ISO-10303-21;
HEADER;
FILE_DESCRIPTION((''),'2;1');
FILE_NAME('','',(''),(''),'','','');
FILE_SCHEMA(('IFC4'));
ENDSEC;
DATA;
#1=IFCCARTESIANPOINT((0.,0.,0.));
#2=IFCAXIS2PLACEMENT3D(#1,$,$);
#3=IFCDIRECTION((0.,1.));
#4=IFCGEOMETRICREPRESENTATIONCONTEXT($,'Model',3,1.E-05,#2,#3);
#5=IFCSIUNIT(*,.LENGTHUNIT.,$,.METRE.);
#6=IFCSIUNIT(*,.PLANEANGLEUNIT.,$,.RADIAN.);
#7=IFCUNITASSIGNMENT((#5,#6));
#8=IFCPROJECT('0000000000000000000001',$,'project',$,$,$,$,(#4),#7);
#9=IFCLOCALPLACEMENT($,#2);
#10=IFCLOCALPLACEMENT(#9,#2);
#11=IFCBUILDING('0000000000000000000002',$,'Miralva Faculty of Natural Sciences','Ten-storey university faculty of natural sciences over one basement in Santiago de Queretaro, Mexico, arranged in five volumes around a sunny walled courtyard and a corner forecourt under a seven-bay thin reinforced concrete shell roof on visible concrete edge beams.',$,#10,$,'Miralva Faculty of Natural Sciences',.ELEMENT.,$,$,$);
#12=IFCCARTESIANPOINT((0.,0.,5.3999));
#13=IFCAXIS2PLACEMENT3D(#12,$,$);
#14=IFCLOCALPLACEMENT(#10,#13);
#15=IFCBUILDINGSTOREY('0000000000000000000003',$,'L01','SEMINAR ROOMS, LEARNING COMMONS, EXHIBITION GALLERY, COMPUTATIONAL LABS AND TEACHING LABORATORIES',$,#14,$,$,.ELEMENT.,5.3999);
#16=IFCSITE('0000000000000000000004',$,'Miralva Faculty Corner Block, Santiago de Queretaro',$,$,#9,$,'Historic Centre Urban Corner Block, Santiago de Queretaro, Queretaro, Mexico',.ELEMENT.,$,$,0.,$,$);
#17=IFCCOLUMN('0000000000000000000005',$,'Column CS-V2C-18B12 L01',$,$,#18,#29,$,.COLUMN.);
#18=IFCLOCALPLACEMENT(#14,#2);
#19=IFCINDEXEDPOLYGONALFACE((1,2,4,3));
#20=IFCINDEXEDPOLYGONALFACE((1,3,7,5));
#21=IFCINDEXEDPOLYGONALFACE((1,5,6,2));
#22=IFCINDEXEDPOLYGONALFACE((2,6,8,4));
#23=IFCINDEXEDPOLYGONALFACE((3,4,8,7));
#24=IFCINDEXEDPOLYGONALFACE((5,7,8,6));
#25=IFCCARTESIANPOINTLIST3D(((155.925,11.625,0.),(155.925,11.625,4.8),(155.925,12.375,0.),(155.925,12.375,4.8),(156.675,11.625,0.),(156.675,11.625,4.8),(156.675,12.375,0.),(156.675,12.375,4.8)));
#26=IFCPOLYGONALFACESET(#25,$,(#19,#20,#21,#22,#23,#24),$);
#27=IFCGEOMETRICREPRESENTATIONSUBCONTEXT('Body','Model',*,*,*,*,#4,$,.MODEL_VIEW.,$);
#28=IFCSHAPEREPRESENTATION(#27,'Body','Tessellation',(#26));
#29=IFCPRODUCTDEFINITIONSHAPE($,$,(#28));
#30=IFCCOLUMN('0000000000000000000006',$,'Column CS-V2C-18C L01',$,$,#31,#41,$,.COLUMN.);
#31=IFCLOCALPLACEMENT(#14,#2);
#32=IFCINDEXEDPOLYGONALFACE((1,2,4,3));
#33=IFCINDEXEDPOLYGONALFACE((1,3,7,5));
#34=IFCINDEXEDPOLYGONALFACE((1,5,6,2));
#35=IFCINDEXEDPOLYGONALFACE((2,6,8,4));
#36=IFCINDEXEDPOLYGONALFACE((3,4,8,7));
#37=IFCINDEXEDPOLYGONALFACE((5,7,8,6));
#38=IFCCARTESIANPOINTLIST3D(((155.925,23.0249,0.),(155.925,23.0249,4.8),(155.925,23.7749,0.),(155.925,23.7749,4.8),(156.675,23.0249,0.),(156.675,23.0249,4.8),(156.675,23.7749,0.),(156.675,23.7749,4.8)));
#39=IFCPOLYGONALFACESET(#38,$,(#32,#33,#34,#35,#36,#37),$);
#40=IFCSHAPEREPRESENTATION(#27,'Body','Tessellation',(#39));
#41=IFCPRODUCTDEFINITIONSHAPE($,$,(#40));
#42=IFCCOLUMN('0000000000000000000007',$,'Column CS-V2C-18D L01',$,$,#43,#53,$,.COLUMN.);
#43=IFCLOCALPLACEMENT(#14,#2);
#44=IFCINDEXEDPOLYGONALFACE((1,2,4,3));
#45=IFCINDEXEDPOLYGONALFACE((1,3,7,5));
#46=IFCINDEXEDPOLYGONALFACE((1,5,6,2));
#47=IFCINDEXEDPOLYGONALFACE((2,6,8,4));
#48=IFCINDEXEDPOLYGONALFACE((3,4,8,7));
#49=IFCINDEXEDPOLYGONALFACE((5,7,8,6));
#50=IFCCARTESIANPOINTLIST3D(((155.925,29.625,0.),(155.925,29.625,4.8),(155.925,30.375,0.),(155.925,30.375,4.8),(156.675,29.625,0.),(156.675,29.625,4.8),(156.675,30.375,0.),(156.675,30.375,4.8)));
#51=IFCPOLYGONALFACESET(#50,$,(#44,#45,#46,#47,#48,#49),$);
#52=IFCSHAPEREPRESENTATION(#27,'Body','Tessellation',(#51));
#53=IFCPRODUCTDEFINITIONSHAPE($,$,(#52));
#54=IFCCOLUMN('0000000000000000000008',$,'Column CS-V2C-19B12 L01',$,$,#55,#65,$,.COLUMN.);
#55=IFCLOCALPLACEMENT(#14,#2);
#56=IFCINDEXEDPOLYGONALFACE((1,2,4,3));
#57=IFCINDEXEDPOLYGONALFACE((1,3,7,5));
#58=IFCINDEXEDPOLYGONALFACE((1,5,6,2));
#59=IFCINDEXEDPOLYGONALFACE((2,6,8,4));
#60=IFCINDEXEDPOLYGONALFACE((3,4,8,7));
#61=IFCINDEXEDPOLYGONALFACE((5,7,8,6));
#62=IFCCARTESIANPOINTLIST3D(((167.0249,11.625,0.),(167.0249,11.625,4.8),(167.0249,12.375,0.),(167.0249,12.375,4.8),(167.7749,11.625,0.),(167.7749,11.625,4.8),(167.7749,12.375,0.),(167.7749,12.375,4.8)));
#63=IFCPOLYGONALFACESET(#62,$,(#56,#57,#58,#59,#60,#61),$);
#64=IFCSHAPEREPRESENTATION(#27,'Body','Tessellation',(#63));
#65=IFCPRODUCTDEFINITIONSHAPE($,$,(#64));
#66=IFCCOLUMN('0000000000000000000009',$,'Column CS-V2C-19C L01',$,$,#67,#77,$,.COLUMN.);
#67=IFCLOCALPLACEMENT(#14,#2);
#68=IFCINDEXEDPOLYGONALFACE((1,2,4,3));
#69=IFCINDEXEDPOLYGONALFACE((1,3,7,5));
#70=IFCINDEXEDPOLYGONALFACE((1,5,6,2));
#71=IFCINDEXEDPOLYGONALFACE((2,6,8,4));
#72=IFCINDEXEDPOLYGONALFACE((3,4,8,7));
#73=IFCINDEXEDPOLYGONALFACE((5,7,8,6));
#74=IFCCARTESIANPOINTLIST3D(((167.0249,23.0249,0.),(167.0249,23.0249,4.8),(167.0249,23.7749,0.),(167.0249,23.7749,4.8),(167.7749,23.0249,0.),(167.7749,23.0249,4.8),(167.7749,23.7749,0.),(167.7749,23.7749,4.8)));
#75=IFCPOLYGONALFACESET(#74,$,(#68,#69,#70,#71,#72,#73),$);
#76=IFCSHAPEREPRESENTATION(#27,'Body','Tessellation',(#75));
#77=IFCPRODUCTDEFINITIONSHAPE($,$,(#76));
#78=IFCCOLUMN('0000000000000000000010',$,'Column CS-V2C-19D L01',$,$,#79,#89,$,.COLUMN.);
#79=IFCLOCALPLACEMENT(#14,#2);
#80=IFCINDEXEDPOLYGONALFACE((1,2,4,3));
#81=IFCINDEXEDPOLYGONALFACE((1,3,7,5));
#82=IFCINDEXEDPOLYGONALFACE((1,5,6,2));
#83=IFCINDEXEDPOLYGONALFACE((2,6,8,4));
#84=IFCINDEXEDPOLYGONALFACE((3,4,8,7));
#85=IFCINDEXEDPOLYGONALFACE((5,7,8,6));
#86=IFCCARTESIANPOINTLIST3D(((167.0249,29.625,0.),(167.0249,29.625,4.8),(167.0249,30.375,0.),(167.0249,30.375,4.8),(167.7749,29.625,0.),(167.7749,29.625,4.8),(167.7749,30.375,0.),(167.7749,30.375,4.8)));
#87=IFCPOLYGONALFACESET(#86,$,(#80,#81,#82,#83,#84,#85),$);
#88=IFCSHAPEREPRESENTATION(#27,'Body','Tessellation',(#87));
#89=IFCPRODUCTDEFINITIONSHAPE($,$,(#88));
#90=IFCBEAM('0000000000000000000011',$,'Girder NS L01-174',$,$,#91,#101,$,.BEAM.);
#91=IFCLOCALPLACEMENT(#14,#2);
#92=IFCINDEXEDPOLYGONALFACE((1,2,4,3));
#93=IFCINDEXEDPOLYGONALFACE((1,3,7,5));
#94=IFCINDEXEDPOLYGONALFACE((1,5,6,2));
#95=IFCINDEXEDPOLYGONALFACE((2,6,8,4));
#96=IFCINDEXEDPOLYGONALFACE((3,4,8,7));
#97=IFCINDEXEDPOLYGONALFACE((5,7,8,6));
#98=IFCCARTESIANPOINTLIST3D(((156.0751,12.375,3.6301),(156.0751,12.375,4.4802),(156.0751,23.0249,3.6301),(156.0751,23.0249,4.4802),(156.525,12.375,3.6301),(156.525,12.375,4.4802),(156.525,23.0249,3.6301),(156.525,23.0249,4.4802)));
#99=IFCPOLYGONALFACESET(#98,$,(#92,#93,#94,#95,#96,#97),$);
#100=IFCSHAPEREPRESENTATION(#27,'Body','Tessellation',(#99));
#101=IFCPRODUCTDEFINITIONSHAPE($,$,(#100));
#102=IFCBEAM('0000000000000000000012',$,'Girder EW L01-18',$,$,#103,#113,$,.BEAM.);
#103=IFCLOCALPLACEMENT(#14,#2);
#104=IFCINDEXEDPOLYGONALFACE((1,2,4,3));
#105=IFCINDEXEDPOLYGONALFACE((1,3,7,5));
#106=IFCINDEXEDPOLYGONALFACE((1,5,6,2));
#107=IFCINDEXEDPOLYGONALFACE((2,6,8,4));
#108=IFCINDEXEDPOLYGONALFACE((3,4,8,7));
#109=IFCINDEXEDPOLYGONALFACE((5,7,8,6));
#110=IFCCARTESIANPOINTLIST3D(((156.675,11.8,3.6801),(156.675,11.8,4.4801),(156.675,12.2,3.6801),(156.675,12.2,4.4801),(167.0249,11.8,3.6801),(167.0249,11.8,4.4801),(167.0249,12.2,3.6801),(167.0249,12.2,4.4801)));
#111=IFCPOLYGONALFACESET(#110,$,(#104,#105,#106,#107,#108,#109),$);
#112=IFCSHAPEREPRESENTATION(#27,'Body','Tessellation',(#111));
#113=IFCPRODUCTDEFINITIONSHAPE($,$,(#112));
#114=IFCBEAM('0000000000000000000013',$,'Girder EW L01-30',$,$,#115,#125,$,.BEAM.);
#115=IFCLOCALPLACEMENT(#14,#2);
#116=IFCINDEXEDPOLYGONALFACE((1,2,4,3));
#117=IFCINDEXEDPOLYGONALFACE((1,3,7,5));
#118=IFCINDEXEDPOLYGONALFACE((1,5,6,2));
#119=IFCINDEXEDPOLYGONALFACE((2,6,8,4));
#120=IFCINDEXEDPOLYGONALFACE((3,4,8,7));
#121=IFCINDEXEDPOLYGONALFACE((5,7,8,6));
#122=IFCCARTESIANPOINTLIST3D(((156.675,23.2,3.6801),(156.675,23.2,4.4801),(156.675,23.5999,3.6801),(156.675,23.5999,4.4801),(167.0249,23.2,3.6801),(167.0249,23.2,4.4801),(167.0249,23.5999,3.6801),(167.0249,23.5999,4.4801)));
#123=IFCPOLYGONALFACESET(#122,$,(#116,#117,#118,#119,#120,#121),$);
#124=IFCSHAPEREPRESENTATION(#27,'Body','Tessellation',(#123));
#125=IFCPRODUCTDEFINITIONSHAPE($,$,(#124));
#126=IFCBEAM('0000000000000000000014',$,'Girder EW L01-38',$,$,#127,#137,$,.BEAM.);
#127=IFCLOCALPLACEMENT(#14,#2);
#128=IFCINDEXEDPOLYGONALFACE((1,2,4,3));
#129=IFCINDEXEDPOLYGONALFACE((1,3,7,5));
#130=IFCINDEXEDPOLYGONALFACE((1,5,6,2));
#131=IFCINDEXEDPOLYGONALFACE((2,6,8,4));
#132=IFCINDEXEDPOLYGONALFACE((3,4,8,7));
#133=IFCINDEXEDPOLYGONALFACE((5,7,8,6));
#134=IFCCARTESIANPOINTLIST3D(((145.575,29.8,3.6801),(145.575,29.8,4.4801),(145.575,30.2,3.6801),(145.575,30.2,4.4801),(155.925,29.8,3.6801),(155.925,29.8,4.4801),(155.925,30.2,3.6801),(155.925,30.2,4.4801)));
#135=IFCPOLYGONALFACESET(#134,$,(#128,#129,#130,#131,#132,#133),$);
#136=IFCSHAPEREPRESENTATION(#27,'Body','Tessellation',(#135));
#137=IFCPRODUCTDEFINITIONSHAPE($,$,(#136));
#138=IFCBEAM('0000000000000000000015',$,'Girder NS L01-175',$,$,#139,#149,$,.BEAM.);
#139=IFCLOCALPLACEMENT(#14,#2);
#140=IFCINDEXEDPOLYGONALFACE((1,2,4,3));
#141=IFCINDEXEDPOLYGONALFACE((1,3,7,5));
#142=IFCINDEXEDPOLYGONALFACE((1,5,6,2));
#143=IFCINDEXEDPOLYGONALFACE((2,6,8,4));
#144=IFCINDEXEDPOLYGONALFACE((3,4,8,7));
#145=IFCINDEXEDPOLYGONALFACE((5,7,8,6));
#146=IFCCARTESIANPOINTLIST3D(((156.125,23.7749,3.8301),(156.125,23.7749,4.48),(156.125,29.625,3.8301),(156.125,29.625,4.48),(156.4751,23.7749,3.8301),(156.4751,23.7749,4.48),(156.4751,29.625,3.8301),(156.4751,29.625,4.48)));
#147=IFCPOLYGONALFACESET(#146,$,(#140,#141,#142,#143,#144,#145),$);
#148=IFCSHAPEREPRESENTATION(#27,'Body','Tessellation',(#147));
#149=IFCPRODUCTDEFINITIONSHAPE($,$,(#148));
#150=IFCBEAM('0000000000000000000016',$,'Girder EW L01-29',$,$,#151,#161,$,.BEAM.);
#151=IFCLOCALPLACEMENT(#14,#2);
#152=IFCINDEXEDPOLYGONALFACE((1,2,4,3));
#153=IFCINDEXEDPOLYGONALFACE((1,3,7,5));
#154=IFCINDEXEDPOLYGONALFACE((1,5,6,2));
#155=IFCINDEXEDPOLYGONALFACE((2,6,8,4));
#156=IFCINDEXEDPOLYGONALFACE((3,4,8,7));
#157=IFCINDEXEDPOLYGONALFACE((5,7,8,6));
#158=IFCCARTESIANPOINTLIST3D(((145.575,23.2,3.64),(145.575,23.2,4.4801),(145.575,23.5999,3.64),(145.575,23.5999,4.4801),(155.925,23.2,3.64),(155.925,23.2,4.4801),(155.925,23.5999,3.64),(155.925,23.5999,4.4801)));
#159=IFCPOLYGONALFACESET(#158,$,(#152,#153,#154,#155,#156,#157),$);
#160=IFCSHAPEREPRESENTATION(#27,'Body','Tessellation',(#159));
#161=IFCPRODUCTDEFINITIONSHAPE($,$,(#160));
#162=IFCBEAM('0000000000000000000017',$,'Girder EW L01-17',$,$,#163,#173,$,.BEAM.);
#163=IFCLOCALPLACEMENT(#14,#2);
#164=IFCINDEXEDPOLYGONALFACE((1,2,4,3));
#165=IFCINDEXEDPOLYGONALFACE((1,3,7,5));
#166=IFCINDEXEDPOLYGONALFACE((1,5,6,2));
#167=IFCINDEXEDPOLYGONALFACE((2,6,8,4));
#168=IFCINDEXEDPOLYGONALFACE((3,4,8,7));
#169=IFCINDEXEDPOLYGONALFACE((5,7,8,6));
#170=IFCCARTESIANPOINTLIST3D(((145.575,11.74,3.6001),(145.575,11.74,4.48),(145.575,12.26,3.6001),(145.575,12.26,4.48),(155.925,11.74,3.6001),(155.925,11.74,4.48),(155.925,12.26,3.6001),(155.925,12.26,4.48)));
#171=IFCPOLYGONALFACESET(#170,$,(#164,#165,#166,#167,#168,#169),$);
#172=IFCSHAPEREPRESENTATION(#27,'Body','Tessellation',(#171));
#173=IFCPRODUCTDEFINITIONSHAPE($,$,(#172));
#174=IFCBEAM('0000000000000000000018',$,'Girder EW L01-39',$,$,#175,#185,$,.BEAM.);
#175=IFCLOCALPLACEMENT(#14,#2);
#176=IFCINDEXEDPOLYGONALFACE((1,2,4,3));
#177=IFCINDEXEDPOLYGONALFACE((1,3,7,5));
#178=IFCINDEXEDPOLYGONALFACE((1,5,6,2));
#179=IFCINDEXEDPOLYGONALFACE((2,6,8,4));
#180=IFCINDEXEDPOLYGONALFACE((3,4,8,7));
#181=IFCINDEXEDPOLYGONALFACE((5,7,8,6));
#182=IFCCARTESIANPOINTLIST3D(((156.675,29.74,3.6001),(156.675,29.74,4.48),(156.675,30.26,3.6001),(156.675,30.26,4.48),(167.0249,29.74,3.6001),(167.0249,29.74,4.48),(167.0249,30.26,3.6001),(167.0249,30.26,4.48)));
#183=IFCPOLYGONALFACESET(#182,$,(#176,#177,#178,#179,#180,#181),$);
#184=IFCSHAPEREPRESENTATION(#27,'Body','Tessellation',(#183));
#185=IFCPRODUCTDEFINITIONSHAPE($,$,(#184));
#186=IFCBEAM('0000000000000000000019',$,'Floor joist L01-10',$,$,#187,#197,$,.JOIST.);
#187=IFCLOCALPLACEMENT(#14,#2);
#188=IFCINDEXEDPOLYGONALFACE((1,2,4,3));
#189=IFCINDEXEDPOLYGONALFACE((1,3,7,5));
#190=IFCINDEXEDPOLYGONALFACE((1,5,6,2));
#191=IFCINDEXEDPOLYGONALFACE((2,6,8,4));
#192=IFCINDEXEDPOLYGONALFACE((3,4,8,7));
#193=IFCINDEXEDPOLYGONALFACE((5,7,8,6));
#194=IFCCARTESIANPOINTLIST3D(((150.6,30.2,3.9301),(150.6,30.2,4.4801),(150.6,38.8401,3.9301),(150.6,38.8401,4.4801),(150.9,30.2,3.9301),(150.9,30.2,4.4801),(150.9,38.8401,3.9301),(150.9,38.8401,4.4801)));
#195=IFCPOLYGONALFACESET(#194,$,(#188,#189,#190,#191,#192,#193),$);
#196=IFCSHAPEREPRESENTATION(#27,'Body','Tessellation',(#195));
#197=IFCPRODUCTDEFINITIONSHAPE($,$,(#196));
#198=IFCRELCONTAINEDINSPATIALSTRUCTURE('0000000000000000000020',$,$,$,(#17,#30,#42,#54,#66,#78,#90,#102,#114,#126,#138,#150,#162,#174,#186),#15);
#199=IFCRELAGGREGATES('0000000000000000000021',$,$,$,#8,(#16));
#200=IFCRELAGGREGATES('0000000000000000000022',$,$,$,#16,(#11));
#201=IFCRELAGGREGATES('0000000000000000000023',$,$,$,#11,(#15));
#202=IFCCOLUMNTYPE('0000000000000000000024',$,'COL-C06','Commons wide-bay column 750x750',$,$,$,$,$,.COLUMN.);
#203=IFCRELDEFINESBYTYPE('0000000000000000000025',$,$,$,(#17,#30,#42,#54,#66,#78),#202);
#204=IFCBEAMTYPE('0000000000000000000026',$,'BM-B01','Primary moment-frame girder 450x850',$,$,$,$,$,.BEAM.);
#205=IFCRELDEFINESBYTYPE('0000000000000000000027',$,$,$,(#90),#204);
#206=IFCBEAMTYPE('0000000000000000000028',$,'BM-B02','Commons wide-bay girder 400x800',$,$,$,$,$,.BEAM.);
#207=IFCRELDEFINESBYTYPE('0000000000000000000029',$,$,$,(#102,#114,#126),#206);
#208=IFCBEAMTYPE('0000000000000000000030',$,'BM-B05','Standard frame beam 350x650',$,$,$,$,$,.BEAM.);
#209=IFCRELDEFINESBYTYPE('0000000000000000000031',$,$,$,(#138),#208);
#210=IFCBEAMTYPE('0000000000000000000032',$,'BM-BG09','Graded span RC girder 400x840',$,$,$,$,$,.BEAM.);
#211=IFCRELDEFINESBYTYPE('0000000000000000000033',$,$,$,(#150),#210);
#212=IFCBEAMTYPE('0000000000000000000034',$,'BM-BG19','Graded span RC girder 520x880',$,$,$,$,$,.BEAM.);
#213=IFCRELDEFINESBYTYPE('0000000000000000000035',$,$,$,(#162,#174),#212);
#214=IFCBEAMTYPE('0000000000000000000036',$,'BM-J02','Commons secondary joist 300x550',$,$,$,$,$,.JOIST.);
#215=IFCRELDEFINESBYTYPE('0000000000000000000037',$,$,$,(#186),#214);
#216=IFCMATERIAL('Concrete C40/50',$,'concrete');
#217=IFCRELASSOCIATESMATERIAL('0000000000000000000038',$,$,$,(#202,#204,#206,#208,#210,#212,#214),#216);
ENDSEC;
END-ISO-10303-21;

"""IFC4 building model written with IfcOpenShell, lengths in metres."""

from ifc_helpers import new_model, si_unit, direction, frame, origin, origin_2d, place, context, subcontext, project, spatial, rectangle, extrude, material, material_profile, profile_set, type_object, element, save


model = new_model("IFC4")

# Units and contexts
model_context = context("Model", 3, precision=1e-05, world=origin(), true_north=direction((0.0, 1.0)))
body_context = subcontext(model_context, "Body", "Model", "MODEL_VIEW")
ifc_project = project(units=[si_unit("LENGTHUNIT", "METRE"), si_unit("PLANEANGLEUNIT", "RADIAN")], contexts=[model_context])

# Site, building, storey
site_placement = place(None, origin())
site = spatial("IfcSite", under=ifc_project, at=site_placement, Name="Miralva Faculty Corner Block, Santiago de Queretaro", LongName="Historic Centre Urban Corner Block, Santiago de Queretaro, Queretaro, Mexico", CompositionType="ELEMENT", RefElevation=0.0)
building_placement = place(site_placement, origin())
building = spatial("IfcBuilding", under=site, at=building_placement, Name="Miralva Faculty of Natural Sciences", Description="Ten-storey university faculty of natural sciences over one basement in Santiago de Queretaro, Mexico, arranged in five volumes around a sunny walled courtyard and a corner forecourt under a seven-bay thin reinforced concrete shell roof on visible concrete edge beams.", LongName="Miralva Faculty of Natural Sciences", CompositionType="ELEMENT")
storey_placement = place(building_placement, frame((0.0, 0.0, 5.3999)))
storey = spatial("IfcBuildingStorey", under=building, at=storey_placement, Name="L01", Description="SEMINAR ROOMS, LEARNING COMMONS, EXHIBITION GALLERY, COMPUTATIONAL LABS AND TEACHING LABORATORIES", CompositionType="ELEMENT", Elevation=5.3999)

# Columns
ifc_material_1 = material(Name="Concrete C40/50", Category="concrete")
ifc_material_profile_1 = material_profile(ifc_material_1, rectangle(XDim=0.75, YDim=0.75, at=origin_2d()), Name="RC 750x750")
ifc_profile_set_1 = profile_set([ifc_material_profile_1], Name="Concrete C40/50")
column_type = type_object("IfcColumnType", Name="COL-C06", Description="Commons wide-bay column 750x750", PredefinedType="COLUMN", material=ifc_profile_set_1)
for number, where, z_axis, x_axis, name in (
    (1, (156.3, 12.0, 0.0), (0.0, 0.0, 1.0), (1.0, 0.0, 0.0), "Column CS-V2C-18B12 L01"),
    (2, (156.3, 23.3999, 0.0), (0.0, 0.0, 1.0), (1.0, 0.0, 0.0), "Column CS-V2C-18C L01"),
    (3, (156.3, 30.0, 0.0), (0.0, 0.0, 1.0), (1.0, 0.0, 0.0), "Column CS-V2C-18D L01"),
    (4, (167.3999, 12.0, 0.0), (0.0, 0.0, 1.0), (1.0, 0.0, 0.0), "Column CS-V2C-19B12 L01"),
    (5, (167.3999, 23.3999, 0.0), (0.0, 0.0, 1.0), (1.0, 0.0, 0.0), "Column CS-V2C-19C L01"),
    (6, (167.3999, 30.0, 0.0), (0.0, 0.0, 1.0), (1.0, 0.0, 0.0), "Column CS-V2C-19D L01"),
):
    element("IfcColumn", number, at=place(storey_placement, frame(where, z_axis=z_axis, x_axis=x_axis)), inside=storey, type_object=column_type, Name=name, PredefinedType="COLUMN", context=body_context, shape_type="SweptSolid", body=[
        extrude(rectangle(XDim=0.75, YDim=0.75, at=origin_2d()), origin(), (0.0, 0.0, 1.0), 4.8),
    ])

# Beams
ifc_material_profile_2 = material_profile(ifc_material_1, rectangle(XDim=0.45, YDim=0.8501, at=origin_2d()), Name="RC 450x850")
ifc_profile_set_2 = profile_set([ifc_material_profile_2], Name="Concrete C40/50")
beam_type_1 = type_object("IfcBeamType", Name="BM-B01", Description="Primary moment-frame girder 450x850", PredefinedType="BEAM", material=ifc_profile_set_2)
beam_1_placement = place(storey_placement, frame((156.3, 12.375, 4.0552), z_axis=(0.0, 1.0, 0.0), x_axis=(-1.0, 0.0, 0.0)))
element("IfcBeam", 7, at=beam_1_placement, inside=storey, type_object=beam_type_1, Name="Girder NS L01-174", PredefinedType="BEAM", context=body_context, shape_type="SweptSolid", body=[
    extrude(rectangle(XDim=0.45, YDim=0.8501, at=origin_2d()), origin(), (0.0, 0.0, 1.0), 10.6499),
])
ifc_material_profile_3 = material_profile(ifc_material_1, rectangle(XDim=0.3999, YDim=0.8, at=origin_2d()), Name="RC 400x800")
ifc_profile_set_3 = profile_set([ifc_material_profile_3], Name="Concrete C40/50")
beam_type_2 = type_object("IfcBeamType", Name="BM-B02", Description="Commons wide-bay girder 400x800", PredefinedType="BEAM", material=ifc_profile_set_3)
for number, where, z_axis, x_axis, name in (
    (8, (156.675, 12.0, 4.0801), (1.0, 0.0, 0.0), (0.0, 1.0, 0.0), "Girder EW L01-18"),
    (9, (156.675, 23.3999, 4.0801), (1.0, 0.0, 0.0), (0.0, 1.0, 0.0), "Girder EW L01-30"),
):
    element("IfcBeam", number, at=place(storey_placement, frame(where, z_axis=z_axis, x_axis=x_axis)), inside=storey, type_object=beam_type_2, Name=name, PredefinedType="BEAM", context=body_context, shape_type="SweptSolid", body=[
        extrude(rectangle(XDim=0.3999, YDim=0.8, at=origin_2d()), origin(), (0.0, 0.0, 1.0), 10.3499),
    ])
beam_2_placement = place(storey_placement, frame((145.575, 30.0, 4.0801), z_axis=(1.0, 0.0, 0.0), x_axis=(0.0, 1.0, 0.0)))
element("IfcBeam", 10, at=beam_2_placement, inside=storey, type_object=beam_type_2, Name="Girder EW L01-38", PredefinedType="BEAM", context=body_context, shape_type="SweptSolid", body=[
    extrude(rectangle(XDim=0.3999, YDim=0.8, at=origin_2d()), origin(), (0.0, 0.0, 1.0), 10.3501),
])
ifc_material_profile_4 = material_profile(ifc_material_1, rectangle(XDim=0.3501, YDim=0.6499, at=origin_2d()), Name="RC 350x650")
ifc_profile_set_4 = profile_set([ifc_material_profile_4], Name="Concrete C40/50")
beam_type_3 = type_object("IfcBeamType", Name="BM-B05", Description="Standard frame beam 350x650", PredefinedType="BEAM", material=ifc_profile_set_4)
beam_3_placement = place(storey_placement, frame((156.3, 23.7749, 4.155), z_axis=(0.0, 1.0, 0.0), x_axis=(-1.0, 0.0, 0.0)))
element("IfcBeam", 11, at=beam_3_placement, inside=storey, type_object=beam_type_3, Name="Girder NS L01-175", PredefinedType="BEAM", context=body_context, shape_type="SweptSolid", body=[
    extrude(rectangle(XDim=0.3501, YDim=0.6499, at=origin_2d()), origin(), (0.0, 0.0, 1.0), 5.8501),
])
ifc_material_profile_5 = material_profile(ifc_material_1, rectangle(XDim=0.3999, YDim=0.8401, at=origin_2d()), Name="RC 400x840")
ifc_profile_set_5 = profile_set([ifc_material_profile_5], Name="Concrete C40/50")
beam_type_4 = type_object("IfcBeamType", Name="BM-BG09", Description="Graded span RC girder 400x840", PredefinedType="BEAM", material=ifc_profile_set_5)
beam_4_placement = place(storey_placement, frame((145.575, 23.3999, 4.0601), z_axis=(1.0, 0.0, 0.0), x_axis=(0.0, 1.0, 0.0)))
element("IfcBeam", 12, at=beam_4_placement, inside=storey, type_object=beam_type_4, Name="Girder EW L01-29", PredefinedType="BEAM", context=body_context, shape_type="SweptSolid", body=[
    extrude(rectangle(XDim=0.3999, YDim=0.8401, at=origin_2d()), origin(), (0.0, 0.0, 1.0), 10.3501),
])
ifc_material_profile_6 = material_profile(ifc_material_1, rectangle(XDim=0.52, YDim=0.8799, at=origin_2d()), Name="RC 520x880")
ifc_profile_set_6 = profile_set([ifc_material_profile_6], Name="Concrete C40/50")
beam_type_5 = type_object("IfcBeamType", Name="BM-BG19", Description="Graded span RC girder 520x880", PredefinedType="BEAM", material=ifc_profile_set_6)
beam_5_placement = place(storey_placement, frame((145.575, 12.0, 4.04), z_axis=(1.0, 0.0, 0.0), x_axis=(0.0, 1.0, 0.0)))
element("IfcBeam", 13, at=beam_5_placement, inside=storey, type_object=beam_type_5, Name="Girder EW L01-17", PredefinedType="BEAM", context=body_context, shape_type="SweptSolid", body=[
    extrude(rectangle(XDim=0.52, YDim=0.8799, at=origin_2d()), origin(), (0.0, 0.0, 1.0), 10.3501),
])
beam_6_placement = place(storey_placement, frame((156.675, 30.0, 4.04), z_axis=(1.0, 0.0, 0.0), x_axis=(0.0, 1.0, 0.0)))
element("IfcBeam", 14, at=beam_6_placement, inside=storey, type_object=beam_type_5, Name="Girder EW L01-39", PredefinedType="BEAM", context=body_context, shape_type="SweptSolid", body=[
    extrude(rectangle(XDim=0.52, YDim=0.8799, at=origin_2d()), origin(), (0.0, 0.0, 1.0), 10.3499),
])
ifc_material_profile_7 = material_profile(ifc_material_1, rectangle(XDim=0.3, YDim=0.55, at=origin_2d()), Name="RC 300x550")
ifc_profile_set_7 = profile_set([ifc_material_profile_7], Name="Concrete C40/50")
beam_type_6 = type_object("IfcBeamType", Name="BM-J02", Description="Commons secondary joist 300x550", PredefinedType="JOIST", material=ifc_profile_set_7)
beam_7_placement = place(storey_placement, frame((150.75, 30.2, 4.2051), z_axis=(0.0, 1.0, 0.0), x_axis=(-1.0, 0.0, 0.0)))
element("IfcBeam", 15, at=beam_7_placement, inside=storey, type_object=beam_type_6, Name="Floor joist L01-10", PredefinedType="JOIST", context=body_context, shape_type="SweptSolid", body=[
    extrude(rectangle(XDim=0.3, YDim=0.55, at=origin_2d()), origin(), (0.0, 0.0, 1.0), 8.6401),
])

save(model, "model.ifc")
